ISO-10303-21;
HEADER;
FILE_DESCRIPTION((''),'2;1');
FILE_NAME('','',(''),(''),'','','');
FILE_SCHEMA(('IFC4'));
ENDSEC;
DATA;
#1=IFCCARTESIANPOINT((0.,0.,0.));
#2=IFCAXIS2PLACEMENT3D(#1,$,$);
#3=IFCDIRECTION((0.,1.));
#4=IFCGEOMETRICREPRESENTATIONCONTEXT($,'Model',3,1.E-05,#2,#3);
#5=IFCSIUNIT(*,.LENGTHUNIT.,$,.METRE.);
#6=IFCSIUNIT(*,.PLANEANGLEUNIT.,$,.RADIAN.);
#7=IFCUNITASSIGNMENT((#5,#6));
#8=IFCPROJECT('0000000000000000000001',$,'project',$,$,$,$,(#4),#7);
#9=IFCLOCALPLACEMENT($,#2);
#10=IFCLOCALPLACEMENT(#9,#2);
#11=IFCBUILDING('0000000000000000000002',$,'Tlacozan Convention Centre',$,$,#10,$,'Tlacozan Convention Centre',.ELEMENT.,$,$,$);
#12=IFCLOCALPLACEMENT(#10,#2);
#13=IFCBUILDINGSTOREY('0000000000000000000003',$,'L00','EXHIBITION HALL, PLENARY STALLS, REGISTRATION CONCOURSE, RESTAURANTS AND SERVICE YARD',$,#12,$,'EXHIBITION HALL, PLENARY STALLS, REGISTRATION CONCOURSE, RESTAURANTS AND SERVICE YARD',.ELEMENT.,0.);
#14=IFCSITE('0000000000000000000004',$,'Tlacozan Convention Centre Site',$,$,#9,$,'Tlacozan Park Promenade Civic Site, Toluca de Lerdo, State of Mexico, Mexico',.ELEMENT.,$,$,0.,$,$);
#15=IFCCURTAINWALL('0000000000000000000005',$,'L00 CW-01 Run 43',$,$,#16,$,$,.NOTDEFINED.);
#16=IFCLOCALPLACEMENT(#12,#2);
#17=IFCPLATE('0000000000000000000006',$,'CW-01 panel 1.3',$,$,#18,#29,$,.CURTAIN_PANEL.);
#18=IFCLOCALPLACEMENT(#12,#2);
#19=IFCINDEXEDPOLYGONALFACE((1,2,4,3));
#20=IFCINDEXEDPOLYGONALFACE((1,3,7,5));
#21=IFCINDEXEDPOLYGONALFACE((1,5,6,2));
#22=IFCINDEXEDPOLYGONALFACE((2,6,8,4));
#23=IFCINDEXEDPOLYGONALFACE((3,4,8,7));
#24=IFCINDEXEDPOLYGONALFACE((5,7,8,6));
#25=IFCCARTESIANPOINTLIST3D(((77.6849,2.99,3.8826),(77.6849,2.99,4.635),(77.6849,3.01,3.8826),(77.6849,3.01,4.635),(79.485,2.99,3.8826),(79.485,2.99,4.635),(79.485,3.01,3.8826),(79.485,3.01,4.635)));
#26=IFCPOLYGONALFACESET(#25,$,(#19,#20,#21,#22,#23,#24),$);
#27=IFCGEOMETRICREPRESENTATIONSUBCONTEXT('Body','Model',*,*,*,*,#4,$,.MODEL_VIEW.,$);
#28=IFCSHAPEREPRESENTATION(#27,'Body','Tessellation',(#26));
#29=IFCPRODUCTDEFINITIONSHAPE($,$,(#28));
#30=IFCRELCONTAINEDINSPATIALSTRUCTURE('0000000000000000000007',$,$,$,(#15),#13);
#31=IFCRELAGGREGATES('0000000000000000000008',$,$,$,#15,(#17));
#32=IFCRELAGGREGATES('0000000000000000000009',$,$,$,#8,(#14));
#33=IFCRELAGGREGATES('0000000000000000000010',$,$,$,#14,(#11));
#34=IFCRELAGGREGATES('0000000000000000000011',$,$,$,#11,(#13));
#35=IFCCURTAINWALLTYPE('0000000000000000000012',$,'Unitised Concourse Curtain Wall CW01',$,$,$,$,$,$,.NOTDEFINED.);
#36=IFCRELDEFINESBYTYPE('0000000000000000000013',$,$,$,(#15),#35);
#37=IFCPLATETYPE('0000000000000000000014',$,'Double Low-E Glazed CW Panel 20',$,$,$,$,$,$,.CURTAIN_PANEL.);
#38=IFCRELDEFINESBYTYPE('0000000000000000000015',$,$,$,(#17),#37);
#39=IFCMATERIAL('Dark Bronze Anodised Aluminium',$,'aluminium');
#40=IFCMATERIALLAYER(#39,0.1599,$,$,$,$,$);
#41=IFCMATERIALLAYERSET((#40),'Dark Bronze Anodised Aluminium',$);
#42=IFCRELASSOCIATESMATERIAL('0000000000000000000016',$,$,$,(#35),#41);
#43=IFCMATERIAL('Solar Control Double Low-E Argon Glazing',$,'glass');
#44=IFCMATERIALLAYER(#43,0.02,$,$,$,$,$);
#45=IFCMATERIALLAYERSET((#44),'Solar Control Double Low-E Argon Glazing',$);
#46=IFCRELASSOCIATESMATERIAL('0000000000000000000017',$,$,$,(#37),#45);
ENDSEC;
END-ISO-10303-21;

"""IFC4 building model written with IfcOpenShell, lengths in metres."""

from ifc_helpers import new_model, si_unit, direction, frame, origin, origin_2d, place, context, subcontext, project, spatial, rectangle, extrude, material, layer, layer_set, type_object, element, aggregate, save


model = new_model("IFC4")

# Units and contexts
model_context = context("Model", 3, precision=1e-05, world=origin(), true_north=direction((0.0, 1.0)))
body_context = subcontext(model_context, "Body", "Model", "MODEL_VIEW")
ifc_project = project(units=[si_unit("LENGTHUNIT", "METRE"), si_unit("PLANEANGLEUNIT", "RADIAN")], contexts=[model_context])

# Site, building, storey
site_placement = place(None, origin())
site = spatial("IfcSite", under=ifc_project, at=site_placement, Name="Tlacozan Convention Centre Site", LongName="Tlacozan Park Promenade Civic Site, Toluca de Lerdo, State of Mexico, Mexico", CompositionType="ELEMENT", RefElevation=0.0)
building_placement = place(site_placement, origin())
building = spatial("IfcBuilding", under=site, at=building_placement, Name="Tlacozan Convention Centre", LongName="Tlacozan Convention Centre", CompositionType="ELEMENT")
storey_placement = place(building_placement, origin())
storey = spatial("IfcBuildingStorey", under=building, at=storey_placement, Name="L00", Description="EXHIBITION HALL, PLENARY STALLS, REGISTRATION CONCOURSE, RESTAURANTS AND SERVICE YARD", LongName="EXHIBITION HALL, PLENARY STALLS, REGISTRATION CONCOURSE, RESTAURANTS AND SERVICE YARD", CompositionType="ELEMENT", Elevation=0.0)

# Curtain wall
ifc_material_1 = material(Name="Dark Bronze Anodised Aluminium", Category="aluminium")
ifc_layer_1 = layer(ifc_material_1, 0.1599)
ifc_layer_set_1 = layer_set([ifc_layer_1], Name="Dark Bronze Anodised Aluminium")
curtain_wall_type = type_object("IfcCurtainWallType", Name="Unitised Concourse Curtain Wall CW01", PredefinedType="NOTDEFINED", material=ifc_layer_set_1)
curtain_wall_1_placement = place(storey_placement, origin())
curtain_wall_1 = element("IfcCurtainWall", 1, at=curtain_wall_1_placement, inside=storey, type_object=curtain_wall_type, Name="L00 CW-01 Run 43", PredefinedType="NOTDEFINED")

# Plate
ifc_material_2 = material(Name="Solar Control Double Low-E Argon Glazing", Category="glass")
ifc_layer_2 = layer(ifc_material_2, 0.02)
ifc_layer_set_2 = layer_set([ifc_layer_2], Name="Solar Control Double Low-E Argon Glazing")
plate_type = type_object("IfcPlateType", Name="Double Low-E Glazed CW Panel 20", PredefinedType="CURTAIN_PANEL", material=ifc_layer_set_2)
plate_1_placement = place(storey_placement, frame((78.585, 3.0, 3.8826), z_axis=(0.0, 0.0, 1.0), x_axis=(1.0, 0.0, 0.0)))
plate_1 = element("IfcPlate", 2, at=plate_1_placement, type_object=plate_type, Name="CW-01 panel 1.3", PredefinedType="CURTAIN_PANEL", context=body_context, shape_type="SweptSolid", body=[
    extrude(rectangle(XDim=1.8, YDim=0.02, at=origin_2d()), origin(), (0.0, 0.0, 1.0), 0.7524),
])
aggregate(curtain_wall_1, [plate_1])

save(model, "model.ifc")
